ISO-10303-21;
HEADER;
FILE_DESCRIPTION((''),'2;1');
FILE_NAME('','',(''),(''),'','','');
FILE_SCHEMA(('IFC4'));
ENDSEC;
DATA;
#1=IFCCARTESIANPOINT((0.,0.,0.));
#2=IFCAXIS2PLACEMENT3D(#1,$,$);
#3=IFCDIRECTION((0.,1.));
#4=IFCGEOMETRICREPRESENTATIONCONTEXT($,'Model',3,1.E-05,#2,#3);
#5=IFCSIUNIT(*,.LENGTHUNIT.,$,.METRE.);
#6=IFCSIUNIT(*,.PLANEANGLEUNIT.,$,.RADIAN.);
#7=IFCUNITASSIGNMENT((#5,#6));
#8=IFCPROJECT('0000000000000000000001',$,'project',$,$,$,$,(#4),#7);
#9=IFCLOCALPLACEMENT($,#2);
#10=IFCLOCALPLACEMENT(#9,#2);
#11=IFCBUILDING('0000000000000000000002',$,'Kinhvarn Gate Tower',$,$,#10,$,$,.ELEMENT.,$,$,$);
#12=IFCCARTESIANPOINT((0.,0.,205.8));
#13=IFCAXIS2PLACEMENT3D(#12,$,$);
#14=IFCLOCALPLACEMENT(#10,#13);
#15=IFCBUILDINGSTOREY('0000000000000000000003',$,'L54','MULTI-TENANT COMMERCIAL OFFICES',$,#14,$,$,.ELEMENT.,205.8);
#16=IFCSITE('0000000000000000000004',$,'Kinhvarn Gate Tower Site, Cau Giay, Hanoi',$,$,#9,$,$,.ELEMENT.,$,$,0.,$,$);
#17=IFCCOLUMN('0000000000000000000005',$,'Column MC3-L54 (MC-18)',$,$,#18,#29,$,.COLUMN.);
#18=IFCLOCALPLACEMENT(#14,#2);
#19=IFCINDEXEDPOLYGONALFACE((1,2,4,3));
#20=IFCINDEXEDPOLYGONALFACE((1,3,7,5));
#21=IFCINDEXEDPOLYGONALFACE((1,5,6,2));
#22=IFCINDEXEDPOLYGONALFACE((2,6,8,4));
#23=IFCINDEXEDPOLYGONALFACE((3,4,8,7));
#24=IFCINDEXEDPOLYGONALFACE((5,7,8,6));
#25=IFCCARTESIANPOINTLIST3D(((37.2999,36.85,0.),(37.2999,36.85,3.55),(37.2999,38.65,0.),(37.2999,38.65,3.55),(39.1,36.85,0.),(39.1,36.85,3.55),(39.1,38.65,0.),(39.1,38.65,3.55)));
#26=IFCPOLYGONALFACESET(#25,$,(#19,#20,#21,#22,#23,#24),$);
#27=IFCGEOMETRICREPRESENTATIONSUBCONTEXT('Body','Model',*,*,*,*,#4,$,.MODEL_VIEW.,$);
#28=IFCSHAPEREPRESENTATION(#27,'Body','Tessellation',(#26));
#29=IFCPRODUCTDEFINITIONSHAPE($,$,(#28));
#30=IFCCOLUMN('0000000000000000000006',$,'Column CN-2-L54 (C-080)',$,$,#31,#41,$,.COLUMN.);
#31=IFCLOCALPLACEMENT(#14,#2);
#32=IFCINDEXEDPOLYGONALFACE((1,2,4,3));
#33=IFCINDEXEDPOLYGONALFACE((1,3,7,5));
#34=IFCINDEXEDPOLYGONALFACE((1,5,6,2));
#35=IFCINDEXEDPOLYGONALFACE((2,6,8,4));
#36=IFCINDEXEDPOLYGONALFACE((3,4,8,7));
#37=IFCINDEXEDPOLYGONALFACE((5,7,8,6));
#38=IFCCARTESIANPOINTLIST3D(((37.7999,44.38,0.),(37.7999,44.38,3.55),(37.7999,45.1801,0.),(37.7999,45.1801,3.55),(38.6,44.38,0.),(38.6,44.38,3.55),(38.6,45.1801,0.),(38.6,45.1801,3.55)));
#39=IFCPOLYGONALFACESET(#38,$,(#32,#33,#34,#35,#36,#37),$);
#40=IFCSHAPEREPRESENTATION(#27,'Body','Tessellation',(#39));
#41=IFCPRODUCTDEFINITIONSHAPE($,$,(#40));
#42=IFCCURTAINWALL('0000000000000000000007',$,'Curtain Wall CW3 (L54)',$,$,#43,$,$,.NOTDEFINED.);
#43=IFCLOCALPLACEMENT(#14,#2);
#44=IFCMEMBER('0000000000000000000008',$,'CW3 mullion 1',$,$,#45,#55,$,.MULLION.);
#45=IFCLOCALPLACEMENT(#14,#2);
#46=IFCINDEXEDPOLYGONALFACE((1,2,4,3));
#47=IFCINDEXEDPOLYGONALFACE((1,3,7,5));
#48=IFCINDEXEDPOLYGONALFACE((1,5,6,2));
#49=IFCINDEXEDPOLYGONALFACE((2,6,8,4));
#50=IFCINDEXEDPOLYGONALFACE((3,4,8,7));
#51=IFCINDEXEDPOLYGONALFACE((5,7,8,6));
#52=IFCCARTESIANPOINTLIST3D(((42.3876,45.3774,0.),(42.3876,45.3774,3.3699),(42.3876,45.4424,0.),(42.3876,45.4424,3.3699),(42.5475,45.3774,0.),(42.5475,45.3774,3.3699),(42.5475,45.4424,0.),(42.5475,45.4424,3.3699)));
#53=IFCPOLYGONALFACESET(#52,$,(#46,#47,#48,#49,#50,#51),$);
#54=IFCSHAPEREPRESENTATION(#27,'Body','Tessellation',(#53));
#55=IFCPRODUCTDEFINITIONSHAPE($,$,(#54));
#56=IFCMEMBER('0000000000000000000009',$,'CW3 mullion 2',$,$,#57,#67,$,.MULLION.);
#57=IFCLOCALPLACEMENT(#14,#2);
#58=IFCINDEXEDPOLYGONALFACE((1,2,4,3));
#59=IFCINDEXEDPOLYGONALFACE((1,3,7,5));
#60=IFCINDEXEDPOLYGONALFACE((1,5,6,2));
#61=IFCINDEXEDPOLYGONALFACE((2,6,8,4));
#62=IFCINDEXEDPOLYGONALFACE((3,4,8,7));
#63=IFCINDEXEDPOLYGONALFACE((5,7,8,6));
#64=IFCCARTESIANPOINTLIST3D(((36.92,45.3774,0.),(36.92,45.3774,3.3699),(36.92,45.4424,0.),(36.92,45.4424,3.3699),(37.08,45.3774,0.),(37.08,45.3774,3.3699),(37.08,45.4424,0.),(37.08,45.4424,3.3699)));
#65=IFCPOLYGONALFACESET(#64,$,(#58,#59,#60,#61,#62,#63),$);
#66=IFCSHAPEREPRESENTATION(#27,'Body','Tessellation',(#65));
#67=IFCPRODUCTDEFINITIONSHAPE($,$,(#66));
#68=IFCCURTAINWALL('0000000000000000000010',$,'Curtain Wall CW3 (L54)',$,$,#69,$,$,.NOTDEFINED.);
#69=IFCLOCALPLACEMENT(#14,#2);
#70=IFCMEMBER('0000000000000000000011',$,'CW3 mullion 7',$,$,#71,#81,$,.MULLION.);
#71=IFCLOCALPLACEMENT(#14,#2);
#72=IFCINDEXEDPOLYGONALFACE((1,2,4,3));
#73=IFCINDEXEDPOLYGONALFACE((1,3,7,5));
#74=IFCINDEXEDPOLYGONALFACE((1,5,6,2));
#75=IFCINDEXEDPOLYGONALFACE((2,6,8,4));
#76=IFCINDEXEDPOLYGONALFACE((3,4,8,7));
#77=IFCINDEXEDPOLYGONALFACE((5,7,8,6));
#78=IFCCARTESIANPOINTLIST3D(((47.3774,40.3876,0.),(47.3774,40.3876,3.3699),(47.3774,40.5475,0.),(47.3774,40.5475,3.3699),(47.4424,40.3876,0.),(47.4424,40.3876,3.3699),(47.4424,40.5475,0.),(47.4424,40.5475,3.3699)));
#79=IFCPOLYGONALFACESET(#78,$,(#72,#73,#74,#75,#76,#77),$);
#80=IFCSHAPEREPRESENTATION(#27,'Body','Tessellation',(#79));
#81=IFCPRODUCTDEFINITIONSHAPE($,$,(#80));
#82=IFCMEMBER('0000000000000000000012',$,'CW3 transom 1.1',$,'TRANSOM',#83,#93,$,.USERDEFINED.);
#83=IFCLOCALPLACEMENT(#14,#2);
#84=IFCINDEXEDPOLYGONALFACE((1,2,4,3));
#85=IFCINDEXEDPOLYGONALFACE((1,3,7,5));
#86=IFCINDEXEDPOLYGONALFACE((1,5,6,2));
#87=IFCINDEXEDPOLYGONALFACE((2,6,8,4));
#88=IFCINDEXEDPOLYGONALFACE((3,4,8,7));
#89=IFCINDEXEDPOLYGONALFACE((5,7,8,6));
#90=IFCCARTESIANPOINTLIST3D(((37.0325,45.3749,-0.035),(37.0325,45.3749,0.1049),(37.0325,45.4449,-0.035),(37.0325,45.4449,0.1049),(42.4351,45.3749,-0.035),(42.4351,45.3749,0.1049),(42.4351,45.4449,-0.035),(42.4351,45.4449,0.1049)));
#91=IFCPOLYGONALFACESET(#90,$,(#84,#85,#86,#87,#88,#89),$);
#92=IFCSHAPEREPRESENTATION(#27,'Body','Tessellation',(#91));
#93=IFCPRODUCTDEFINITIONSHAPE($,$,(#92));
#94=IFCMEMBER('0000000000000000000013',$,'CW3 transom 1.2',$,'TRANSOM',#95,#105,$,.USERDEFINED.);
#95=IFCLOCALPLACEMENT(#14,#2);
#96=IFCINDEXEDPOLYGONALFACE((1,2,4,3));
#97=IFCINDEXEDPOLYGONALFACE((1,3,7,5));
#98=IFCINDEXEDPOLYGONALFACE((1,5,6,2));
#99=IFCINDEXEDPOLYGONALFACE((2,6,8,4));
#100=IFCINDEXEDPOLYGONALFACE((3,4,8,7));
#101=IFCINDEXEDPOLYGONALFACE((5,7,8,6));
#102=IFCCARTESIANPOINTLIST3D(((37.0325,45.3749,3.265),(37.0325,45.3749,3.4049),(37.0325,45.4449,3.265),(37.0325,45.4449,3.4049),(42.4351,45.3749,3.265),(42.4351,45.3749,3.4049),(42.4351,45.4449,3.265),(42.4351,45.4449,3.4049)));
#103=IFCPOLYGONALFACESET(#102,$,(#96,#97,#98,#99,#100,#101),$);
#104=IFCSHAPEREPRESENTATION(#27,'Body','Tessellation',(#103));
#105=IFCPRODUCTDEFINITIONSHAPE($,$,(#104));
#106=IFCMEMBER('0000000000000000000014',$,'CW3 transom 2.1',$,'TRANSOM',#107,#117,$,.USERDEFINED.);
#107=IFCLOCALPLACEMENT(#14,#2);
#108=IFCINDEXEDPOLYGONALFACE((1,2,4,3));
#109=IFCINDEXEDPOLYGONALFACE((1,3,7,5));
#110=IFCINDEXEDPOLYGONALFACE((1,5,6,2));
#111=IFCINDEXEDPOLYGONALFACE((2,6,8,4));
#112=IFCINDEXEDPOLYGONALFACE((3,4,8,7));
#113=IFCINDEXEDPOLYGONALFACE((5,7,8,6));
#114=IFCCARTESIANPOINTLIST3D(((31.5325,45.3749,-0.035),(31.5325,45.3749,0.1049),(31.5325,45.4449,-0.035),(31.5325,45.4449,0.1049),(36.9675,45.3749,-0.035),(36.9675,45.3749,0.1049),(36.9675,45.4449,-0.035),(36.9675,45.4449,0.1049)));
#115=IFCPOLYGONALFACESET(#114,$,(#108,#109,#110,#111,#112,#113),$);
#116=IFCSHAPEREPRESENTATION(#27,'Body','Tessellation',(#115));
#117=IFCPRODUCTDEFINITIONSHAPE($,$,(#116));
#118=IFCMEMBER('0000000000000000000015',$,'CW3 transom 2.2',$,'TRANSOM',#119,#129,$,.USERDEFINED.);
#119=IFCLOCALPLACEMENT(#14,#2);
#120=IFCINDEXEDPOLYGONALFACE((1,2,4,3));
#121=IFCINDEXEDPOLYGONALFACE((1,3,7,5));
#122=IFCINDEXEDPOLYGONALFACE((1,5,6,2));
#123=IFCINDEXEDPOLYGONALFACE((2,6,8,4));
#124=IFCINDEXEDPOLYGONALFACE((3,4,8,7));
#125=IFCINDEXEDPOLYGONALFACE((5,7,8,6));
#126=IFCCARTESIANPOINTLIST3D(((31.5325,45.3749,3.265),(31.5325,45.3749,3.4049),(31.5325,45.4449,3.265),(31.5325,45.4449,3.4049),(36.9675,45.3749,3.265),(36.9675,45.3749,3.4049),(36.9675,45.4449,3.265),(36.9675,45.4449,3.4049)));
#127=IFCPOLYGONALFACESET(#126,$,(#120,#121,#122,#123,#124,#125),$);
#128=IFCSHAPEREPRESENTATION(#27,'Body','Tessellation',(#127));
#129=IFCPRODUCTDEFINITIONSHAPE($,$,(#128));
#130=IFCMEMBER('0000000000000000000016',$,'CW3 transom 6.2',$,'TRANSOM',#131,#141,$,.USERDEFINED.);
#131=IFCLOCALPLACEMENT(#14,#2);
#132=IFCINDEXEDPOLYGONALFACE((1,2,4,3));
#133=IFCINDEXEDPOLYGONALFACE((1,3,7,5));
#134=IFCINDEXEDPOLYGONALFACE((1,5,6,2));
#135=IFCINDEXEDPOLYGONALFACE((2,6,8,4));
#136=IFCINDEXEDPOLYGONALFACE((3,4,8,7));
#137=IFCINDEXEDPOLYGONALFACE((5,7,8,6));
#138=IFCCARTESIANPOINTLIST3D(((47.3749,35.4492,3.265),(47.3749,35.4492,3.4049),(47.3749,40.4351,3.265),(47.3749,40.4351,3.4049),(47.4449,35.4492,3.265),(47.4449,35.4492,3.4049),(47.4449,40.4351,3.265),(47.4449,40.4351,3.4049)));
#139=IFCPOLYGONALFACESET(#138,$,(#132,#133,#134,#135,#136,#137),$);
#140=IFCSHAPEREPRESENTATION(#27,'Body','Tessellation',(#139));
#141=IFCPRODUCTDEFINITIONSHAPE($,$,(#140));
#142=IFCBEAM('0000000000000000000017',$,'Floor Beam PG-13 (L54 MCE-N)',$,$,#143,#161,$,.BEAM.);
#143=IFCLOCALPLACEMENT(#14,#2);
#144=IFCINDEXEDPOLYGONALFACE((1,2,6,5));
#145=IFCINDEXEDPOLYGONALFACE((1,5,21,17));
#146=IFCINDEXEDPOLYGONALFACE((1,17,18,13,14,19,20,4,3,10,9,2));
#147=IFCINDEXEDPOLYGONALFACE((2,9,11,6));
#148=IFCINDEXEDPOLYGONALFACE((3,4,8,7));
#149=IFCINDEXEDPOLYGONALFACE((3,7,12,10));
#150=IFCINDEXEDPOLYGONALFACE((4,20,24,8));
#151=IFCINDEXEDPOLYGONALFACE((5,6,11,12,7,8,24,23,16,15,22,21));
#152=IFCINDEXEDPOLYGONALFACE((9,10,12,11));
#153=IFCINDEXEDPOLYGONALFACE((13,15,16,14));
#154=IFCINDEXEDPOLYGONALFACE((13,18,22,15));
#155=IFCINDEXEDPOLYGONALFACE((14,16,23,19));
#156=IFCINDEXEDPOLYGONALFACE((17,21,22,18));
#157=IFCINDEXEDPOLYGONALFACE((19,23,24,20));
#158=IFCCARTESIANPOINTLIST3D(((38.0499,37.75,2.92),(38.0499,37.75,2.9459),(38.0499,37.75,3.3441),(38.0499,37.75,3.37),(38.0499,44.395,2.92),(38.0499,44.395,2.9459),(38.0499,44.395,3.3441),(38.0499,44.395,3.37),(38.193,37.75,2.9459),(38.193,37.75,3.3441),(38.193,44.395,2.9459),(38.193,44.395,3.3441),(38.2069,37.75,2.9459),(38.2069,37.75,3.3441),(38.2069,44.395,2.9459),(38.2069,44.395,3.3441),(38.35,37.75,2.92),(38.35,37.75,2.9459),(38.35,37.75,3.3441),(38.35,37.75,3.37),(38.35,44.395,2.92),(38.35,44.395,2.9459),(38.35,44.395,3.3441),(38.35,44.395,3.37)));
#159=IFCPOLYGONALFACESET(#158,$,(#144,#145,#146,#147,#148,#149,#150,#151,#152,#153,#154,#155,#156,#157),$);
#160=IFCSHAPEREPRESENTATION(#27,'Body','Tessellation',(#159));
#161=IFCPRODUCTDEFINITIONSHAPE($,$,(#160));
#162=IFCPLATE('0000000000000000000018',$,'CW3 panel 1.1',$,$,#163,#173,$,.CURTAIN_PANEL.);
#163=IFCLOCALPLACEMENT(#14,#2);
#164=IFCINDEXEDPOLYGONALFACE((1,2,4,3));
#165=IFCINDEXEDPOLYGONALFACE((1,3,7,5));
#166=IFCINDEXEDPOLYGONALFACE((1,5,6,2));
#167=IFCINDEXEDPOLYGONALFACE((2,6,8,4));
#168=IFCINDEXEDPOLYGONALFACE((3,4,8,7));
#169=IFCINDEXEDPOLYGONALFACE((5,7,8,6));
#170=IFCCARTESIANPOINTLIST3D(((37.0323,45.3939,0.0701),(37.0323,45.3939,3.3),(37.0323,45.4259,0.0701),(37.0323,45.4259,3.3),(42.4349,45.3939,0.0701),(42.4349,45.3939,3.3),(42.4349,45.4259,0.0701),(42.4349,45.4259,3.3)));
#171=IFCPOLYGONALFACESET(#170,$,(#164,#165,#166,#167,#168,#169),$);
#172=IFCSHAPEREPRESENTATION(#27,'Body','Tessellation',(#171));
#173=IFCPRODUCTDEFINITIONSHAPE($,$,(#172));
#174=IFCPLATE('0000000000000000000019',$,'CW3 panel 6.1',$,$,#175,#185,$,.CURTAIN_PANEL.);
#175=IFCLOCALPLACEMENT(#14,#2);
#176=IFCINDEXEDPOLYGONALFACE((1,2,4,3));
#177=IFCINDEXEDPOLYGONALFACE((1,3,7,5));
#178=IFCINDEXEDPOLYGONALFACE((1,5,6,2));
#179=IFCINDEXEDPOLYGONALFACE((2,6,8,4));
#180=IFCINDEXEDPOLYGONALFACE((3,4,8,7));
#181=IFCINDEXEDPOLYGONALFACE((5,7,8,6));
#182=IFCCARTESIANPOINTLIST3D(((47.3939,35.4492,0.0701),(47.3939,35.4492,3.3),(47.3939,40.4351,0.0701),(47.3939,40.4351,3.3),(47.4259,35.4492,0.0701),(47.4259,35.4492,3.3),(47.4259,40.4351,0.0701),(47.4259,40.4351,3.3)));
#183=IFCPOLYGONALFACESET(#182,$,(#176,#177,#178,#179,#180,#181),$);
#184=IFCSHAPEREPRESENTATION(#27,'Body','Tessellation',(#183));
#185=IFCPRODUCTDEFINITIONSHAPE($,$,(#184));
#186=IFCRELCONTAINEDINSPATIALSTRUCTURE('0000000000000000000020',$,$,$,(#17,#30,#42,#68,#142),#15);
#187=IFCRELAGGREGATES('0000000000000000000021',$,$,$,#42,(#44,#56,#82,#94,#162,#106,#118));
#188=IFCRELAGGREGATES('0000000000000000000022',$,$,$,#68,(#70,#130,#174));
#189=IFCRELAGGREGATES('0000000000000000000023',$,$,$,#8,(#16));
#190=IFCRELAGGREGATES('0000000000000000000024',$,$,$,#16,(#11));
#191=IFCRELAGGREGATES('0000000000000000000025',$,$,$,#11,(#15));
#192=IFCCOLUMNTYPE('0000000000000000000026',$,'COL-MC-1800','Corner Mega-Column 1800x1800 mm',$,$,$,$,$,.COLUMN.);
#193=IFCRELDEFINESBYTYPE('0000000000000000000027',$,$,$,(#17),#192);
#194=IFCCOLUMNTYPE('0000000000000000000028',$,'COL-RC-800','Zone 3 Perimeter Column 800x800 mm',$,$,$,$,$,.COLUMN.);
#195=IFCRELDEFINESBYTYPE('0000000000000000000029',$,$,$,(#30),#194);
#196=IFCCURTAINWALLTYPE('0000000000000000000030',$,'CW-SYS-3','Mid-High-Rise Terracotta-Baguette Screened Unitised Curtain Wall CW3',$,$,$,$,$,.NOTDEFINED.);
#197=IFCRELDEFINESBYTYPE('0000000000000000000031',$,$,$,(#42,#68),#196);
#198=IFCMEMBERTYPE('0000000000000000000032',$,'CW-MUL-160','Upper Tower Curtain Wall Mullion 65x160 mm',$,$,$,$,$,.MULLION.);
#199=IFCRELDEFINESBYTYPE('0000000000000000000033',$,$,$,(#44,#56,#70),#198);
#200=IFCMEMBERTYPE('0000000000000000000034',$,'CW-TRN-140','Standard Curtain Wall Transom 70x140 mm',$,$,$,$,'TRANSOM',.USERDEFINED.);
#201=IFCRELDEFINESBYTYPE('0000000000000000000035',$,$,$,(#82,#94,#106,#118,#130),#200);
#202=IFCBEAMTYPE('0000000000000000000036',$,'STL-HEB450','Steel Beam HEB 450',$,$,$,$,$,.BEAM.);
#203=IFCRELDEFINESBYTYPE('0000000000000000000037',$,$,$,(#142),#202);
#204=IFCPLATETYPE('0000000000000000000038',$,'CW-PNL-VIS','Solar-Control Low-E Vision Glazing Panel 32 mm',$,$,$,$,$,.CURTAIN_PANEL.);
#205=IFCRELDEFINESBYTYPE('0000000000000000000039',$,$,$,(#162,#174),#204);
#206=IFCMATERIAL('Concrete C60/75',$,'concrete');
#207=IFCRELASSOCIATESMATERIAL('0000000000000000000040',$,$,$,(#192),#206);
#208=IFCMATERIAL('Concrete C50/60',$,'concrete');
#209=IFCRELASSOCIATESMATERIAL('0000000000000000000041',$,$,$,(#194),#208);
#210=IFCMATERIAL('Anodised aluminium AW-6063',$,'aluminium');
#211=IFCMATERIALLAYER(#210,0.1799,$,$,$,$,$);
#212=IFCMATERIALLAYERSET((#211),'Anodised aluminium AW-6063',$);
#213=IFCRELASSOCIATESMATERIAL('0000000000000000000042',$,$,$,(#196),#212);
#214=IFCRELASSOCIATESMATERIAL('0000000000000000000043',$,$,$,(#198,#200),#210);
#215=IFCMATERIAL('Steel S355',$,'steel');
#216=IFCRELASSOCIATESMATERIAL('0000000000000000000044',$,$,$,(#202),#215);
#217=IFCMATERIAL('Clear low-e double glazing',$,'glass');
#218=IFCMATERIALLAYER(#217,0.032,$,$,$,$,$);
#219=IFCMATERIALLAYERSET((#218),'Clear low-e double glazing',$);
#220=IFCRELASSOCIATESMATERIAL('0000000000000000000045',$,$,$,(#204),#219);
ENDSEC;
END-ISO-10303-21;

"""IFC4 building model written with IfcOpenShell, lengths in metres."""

from ifc_helpers import new_model, si_unit, direction, frame, origin, origin_2d, place, context, subcontext, project, spatial, rectangle, i_section, extrude, material, layer, layer_set, material_profile, profile_set, type_object, element, aggregate, save


model = new_model("IFC4")

# Units and contexts
model_context = context("Model", 3, precision=1e-05, world=origin(), true_north=direction((0.0, 1.0)))
body_context = subcontext(model_context, "Body", "Model", "MODEL_VIEW")
ifc_project = project(units=[si_unit("LENGTHUNIT", "METRE"), si_unit("PLANEANGLEUNIT", "RADIAN")], contexts=[model_context])

# Site, building, storey
site_placement = place(None, origin())
site = spatial("IfcSite", under=ifc_project, at=site_placement, Name="Kinhvarn Gate Tower Site, Cau Giay, Hanoi", CompositionType="ELEMENT", RefElevation=0.0)
building_placement = place(site_placement, origin())
building = spatial("IfcBuilding", under=site, at=building_placement, Name="Kinhvarn Gate Tower", CompositionType="ELEMENT")
storey_placement = place(building_placement, frame((0.0, 0.0, 205.8)))
storey = spatial("IfcBuildingStorey", under=building, at=storey_placement, Name="L54", Description="MULTI-TENANT COMMERCIAL OFFICES", CompositionType="ELEMENT", Elevation=205.8)

# Columns
ifc_material_1 = material(Name="Concrete C60/75", Category="concrete")
ifc_material_profile_1 = material_profile(ifc_material_1, rectangle(XDim=1.8, YDim=1.8, at=origin_2d()), Name="RC 1800x1800")
ifc_profile_set_1 = profile_set([ifc_material_profile_1], Name="Concrete C60/75")
column_type_1 = type_object("IfcColumnType", Name="COL-MC-1800", Description="Corner Mega-Column 1800x1800 mm", PredefinedType="COLUMN", material=ifc_profile_set_1)
column_1_placement = place(storey_placement, frame((38.2, 37.75, 0.0), z_axis=(0.0, 0.0, 1.0), x_axis=(1.0, 0.0, 0.0)))
element("IfcColumn", 1, at=column_1_placement, inside=storey, type_object=column_type_1, Name="Column MC3-L54 (MC-18)", PredefinedType="COLUMN", context=body_context, shape_type="SweptSolid", body=[
    extrude(rectangle(XDim=1.8, YDim=1.8, at=origin_2d()), origin(), (0.0, 0.0, 1.0), 3.55),
])
ifc_material_2 = material(Name="Concrete C50/60", Category="concrete")
ifc_material_profile_2 = material_profile(ifc_material_2, rectangle(XDim=0.8, YDim=0.8, at=origin_2d()), Name="RC 800x800")
ifc_profile_set_2 = profile_set([ifc_material_profile_2], Name="Concrete C50/60")
column_type_2 = type_object("IfcColumnType", Name="COL-RC-800", Description="Zone 3 Perimeter Column 800x800 mm", PredefinedType="COLUMN", material=ifc_profile_set_2)
column_2_placement = place(storey_placement, frame((38.2, 44.78, 0.0), z_axis=(0.0, 0.0, 1.0), x_axis=(1.0, 0.0, 0.0)))
element("IfcColumn", 2, at=column_2_placement, inside=storey, type_object=column_type_2, Name="Column CN-2-L54 (C-080)", PredefinedType="COLUMN", context=body_context, shape_type="SweptSolid", body=[
    extrude(rectangle(XDim=0.8, YDim=0.8, at=origin_2d()), origin(), (0.0, 0.0, 1.0), 3.55),
])

# Curtain wall, members
ifc_material_3 = material(Name="Anodised aluminium AW-6063", Category="aluminium")
ifc_layer_1 = layer(ifc_material_3, 0.1799)
ifc_layer_set_1 = layer_set([ifc_layer_1], Name="Anodised aluminium AW-6063")
curtain_wall_type = type_object("IfcCurtainWallType", Name="CW-SYS-3", Description="Mid-High-Rise Terracotta-Baguette Screened Unitised Curtain Wall CW3", PredefinedType="NOTDEFINED", material=ifc_layer_set_1)
curtain_wall_1_placement = place(storey_placement, origin())
curtain_wall_1 = element("IfcCurtainWall", 3, at=curtain_wall_1_placement, inside=storey, type_object=curtain_wall_type, Name="Curtain Wall CW3 (L54)", PredefinedType="NOTDEFINED")
ifc_material_profile_3 = material_profile(ifc_material_3, rectangle(XDim=0.0649, YDim=0.1599, at=origin_2d()), Name="ALU 65x160")
ifc_profile_set_3 = profile_set([ifc_material_profile_3], Name="Anodised aluminium AW-6063")
member_type_1 = type_object("IfcMemberType", Name="CW-MUL-160", Description="Upper Tower Curtain Wall Mullion 65x160 mm", PredefinedType="MULLION", material=ifc_profile_set_3)
member_1_placement = place(storey_placement, frame((42.4675, 45.4099, 0.0), z_axis=(0.0, 0.0, 1.0), x_axis=(0.0, -1.0, 0.0)))
member_1 = element("IfcMember", 4, at=member_1_placement, type_object=member_type_1, Name="CW3 mullion 1", PredefinedType="MULLION", context=body_context, shape_type="SweptSolid", body=[
    extrude(rectangle(XDim=0.0649, YDim=0.1599, at=origin_2d()), origin(), (0.0, 0.0, 1.0), 3.3699),
])
member_2_placement = place(storey_placement, frame((37.0, 45.4099, 0.0), z_axis=(0.0, 0.0, 1.0), x_axis=(0.0, -1.0, 0.0)))
member_2 = element("IfcMember", 5, at=member_2_placement, type_object=member_type_1, Name="CW3 mullion 2", PredefinedType="MULLION", context=body_context, shape_type="SweptSolid", body=[
    extrude(rectangle(XDim=0.0649, YDim=0.1599, at=origin_2d()), origin(), (0.0, 0.0, 1.0), 3.3699),
])

# Curtain wall, member
curtain_wall_2_placement = place(storey_placement, origin())
curtain_wall_2 = element("IfcCurtainWall", 6, at=curtain_wall_2_placement, inside=storey, type_object=curtain_wall_type, Name="Curtain Wall CW3 (L54)", PredefinedType="NOTDEFINED")
member_3_placement = place(storey_placement, frame((47.4099, 40.4675, 0.0), z_axis=(0.0, 0.0, 1.0), x_axis=(-1.0, 0.0, 0.0)))
member_3 = element("IfcMember", 7, at=member_3_placement, type_object=member_type_1, Name="CW3 mullion 7", PredefinedType="MULLION", context=body_context, shape_type="SweptSolid", body=[
    extrude(rectangle(XDim=0.0649, YDim=0.1599, at=origin_2d()), origin(), (0.0, 0.0, 1.0), 3.3699),
])

# Members
ifc_material_profile_4 = material_profile(ifc_material_3, rectangle(XDim=0.0701, YDim=0.1399, at=origin_2d()), Name="ALU 70x140")
ifc_profile_set_4 = profile_set([ifc_material_profile_4], Name="Anodised aluminium AW-6063")
member_type_2 = type_object("IfcMemberType", Name="CW-TRN-140", Description="Standard Curtain Wall Transom 70x140 mm", ElementType="TRANSOM", PredefinedType="USERDEFINED", material=ifc_profile_set_4)
member_4_placement = place(storey_placement, frame((42.4351, 45.4099, 0.0349), z_axis=(-1.0, 0.0, 0.0), x_axis=(0.0, -1.0, 0.0)))
member_4 = element("IfcMember", 8, at=member_4_placement, type_object=member_type_2, Name="CW3 transom 1.1", ObjectType="TRANSOM", PredefinedType="USERDEFINED", context=body_context, shape_type="SweptSolid", body=[
    extrude(rectangle(XDim=0.0701, YDim=0.1399, at=origin_2d()), origin(), (0.0, 0.0, 1.0), 5.4026),
])
member_5_placement = place(storey_placement, frame((42.4351, 45.4099, 3.335), z_axis=(-1.0, 0.0, 0.0), x_axis=(0.0, -1.0, 0.0)))
member_5 = element("IfcMember", 9, at=member_5_placement, type_object=member_type_2, Name="CW3 transom 1.2", ObjectType="TRANSOM", PredefinedType="USERDEFINED", context=body_context, shape_type="SweptSolid", body=[
    extrude(rectangle(XDim=0.0701, YDim=0.1399, at=origin_2d()), origin(), (0.0, 0.0, 1.0), 5.4026),
])
member_6_placement = place(storey_placement, frame((36.9675, 45.4099, 0.0349), z_axis=(-1.0, 0.0, 0.0), x_axis=(0.0, -1.0, 0.0)))
member_6 = element("IfcMember", 10, at=member_6_placement, type_object=member_type_2, Name="CW3 transom 2.1", ObjectType="TRANSOM", PredefinedType="USERDEFINED", context=body_context, shape_type="SweptSolid", body=[
    extrude(rectangle(XDim=0.0701, YDim=0.1399, at=origin_2d()), origin(), (0.0, 0.0, 1.0), 5.4351),
])
member_7_placement = place(storey_placement, frame((36.9675, 45.4099, 3.335), z_axis=(-1.0, 0.0, 0.0), x_axis=(0.0, -1.0, 0.0)))
member_7 = element("IfcMember", 11, at=member_7_placement, type_object=member_type_2, Name="CW3 transom 2.2", ObjectType="TRANSOM", PredefinedType="USERDEFINED", context=body_context, shape_type="SweptSolid", body=[
    extrude(rectangle(XDim=0.0701, YDim=0.1399, at=origin_2d()), origin(), (0.0, 0.0, 1.0), 5.4351),
])
member_8_placement = place(storey_placement, frame((47.4099, 35.4492, 3.335), z_axis=(0.0, 1.0, 0.0), x_axis=(-1.0, 0.0, 0.0)))
member_8 = element("IfcMember", 12, at=member_8_placement, type_object=member_type_2, Name="CW3 transom 6.2", ObjectType="TRANSOM", PredefinedType="USERDEFINED", context=body_context, shape_type="SweptSolid", body=[
    extrude(rectangle(XDim=0.0701, YDim=0.1399, at=origin_2d()), origin(), (0.0, 0.0, 1.0), 4.9858),
])

# Beam
ifc_material_4 = material(Name="Steel S355", Category="steel")
ifc_material_profile_5 = material_profile(ifc_material_4, i_section(OverallWidth=0.3, OverallDepth=0.45, WebThickness=0.0139, FlangeThickness=0.0259, at=origin_2d()), Name="HEB 450")
ifc_profile_set_5 = profile_set([ifc_material_profile_5], Name="Steel S355")
beam_type = type_object("IfcBeamType", Name="STL-HEB450", Description="Steel Beam HEB 450", PredefinedType="BEAM", material=ifc_profile_set_5)
beam_placement = place(storey_placement, frame((38.2, 37.75, 3.145), z_axis=(0.0, 1.0, 0.0), x_axis=(-1.0, 0.0, 0.0)))
element("IfcBeam", 13, at=beam_placement, inside=storey, type_object=beam_type, Name="Floor Beam PG-13 (L54 MCE-N)", PredefinedType="BEAM", context=body_context, shape_type="SweptSolid", body=[
    extrude(i_section(OverallWidth=0.3, OverallDepth=0.45, WebThickness=0.0139, FlangeThickness=0.0259, at=origin_2d()), origin(), (0.0, 0.0, 1.0), 6.645),
])

# Plates
ifc_material_5 = material(Name="Clear low-e double glazing", Category="glass")
ifc_layer_2 = layer(ifc_material_5, 0.032)
ifc_layer_set_2 = layer_set([ifc_layer_2], Name="Clear low-e double glazing")
plate_type = type_object("IfcPlateType", Name="CW-PNL-VIS", Description="Solar-Control Low-E Vision Glazing Panel 32 mm", PredefinedType="CURTAIN_PANEL", material=ifc_layer_set_2)
plate_1_placement = place(storey_placement, frame((39.7336, 45.4099, 0.0701), z_axis=(0.0, 0.0, 1.0), x_axis=(-1.0, 0.0, 0.0)))
plate_1 = element("IfcPlate", 14, at=plate_1_placement, type_object=plate_type, Name="CW3 panel 1.1", PredefinedType="CURTAIN_PANEL", context=body_context, shape_type="SweptSolid", body=[
    extrude(rectangle(XDim=5.4026, YDim=0.032, at=origin_2d()), origin(), (0.0, 0.0, 1.0), 3.23),
])
aggregate(curtain_wall_1, [member_1, member_2, member_4, member_5, plate_1, member_6, member_7])
plate_2_placement = place(storey_placement, frame((47.4099, 37.9421, 0.0701), z_axis=(0.0, 0.0, 1.0), x_axis=(0.0, 1.0, 0.0)))
plate_2 = element("IfcPlate", 15, at=plate_2_placement, type_object=plate_type, Name="CW3 panel 6.1", PredefinedType="CURTAIN_PANEL", context=body_context, shape_type="SweptSolid", body=[
    extrude(rectangle(XDim=4.9858, YDim=0.032, at=origin_2d()), origin(), (0.0, 0.0, 1.0), 3.23),
])
aggregate(curtain_wall_2, [member_3, member_8, plate_2])

save(model, "model.ifc")
